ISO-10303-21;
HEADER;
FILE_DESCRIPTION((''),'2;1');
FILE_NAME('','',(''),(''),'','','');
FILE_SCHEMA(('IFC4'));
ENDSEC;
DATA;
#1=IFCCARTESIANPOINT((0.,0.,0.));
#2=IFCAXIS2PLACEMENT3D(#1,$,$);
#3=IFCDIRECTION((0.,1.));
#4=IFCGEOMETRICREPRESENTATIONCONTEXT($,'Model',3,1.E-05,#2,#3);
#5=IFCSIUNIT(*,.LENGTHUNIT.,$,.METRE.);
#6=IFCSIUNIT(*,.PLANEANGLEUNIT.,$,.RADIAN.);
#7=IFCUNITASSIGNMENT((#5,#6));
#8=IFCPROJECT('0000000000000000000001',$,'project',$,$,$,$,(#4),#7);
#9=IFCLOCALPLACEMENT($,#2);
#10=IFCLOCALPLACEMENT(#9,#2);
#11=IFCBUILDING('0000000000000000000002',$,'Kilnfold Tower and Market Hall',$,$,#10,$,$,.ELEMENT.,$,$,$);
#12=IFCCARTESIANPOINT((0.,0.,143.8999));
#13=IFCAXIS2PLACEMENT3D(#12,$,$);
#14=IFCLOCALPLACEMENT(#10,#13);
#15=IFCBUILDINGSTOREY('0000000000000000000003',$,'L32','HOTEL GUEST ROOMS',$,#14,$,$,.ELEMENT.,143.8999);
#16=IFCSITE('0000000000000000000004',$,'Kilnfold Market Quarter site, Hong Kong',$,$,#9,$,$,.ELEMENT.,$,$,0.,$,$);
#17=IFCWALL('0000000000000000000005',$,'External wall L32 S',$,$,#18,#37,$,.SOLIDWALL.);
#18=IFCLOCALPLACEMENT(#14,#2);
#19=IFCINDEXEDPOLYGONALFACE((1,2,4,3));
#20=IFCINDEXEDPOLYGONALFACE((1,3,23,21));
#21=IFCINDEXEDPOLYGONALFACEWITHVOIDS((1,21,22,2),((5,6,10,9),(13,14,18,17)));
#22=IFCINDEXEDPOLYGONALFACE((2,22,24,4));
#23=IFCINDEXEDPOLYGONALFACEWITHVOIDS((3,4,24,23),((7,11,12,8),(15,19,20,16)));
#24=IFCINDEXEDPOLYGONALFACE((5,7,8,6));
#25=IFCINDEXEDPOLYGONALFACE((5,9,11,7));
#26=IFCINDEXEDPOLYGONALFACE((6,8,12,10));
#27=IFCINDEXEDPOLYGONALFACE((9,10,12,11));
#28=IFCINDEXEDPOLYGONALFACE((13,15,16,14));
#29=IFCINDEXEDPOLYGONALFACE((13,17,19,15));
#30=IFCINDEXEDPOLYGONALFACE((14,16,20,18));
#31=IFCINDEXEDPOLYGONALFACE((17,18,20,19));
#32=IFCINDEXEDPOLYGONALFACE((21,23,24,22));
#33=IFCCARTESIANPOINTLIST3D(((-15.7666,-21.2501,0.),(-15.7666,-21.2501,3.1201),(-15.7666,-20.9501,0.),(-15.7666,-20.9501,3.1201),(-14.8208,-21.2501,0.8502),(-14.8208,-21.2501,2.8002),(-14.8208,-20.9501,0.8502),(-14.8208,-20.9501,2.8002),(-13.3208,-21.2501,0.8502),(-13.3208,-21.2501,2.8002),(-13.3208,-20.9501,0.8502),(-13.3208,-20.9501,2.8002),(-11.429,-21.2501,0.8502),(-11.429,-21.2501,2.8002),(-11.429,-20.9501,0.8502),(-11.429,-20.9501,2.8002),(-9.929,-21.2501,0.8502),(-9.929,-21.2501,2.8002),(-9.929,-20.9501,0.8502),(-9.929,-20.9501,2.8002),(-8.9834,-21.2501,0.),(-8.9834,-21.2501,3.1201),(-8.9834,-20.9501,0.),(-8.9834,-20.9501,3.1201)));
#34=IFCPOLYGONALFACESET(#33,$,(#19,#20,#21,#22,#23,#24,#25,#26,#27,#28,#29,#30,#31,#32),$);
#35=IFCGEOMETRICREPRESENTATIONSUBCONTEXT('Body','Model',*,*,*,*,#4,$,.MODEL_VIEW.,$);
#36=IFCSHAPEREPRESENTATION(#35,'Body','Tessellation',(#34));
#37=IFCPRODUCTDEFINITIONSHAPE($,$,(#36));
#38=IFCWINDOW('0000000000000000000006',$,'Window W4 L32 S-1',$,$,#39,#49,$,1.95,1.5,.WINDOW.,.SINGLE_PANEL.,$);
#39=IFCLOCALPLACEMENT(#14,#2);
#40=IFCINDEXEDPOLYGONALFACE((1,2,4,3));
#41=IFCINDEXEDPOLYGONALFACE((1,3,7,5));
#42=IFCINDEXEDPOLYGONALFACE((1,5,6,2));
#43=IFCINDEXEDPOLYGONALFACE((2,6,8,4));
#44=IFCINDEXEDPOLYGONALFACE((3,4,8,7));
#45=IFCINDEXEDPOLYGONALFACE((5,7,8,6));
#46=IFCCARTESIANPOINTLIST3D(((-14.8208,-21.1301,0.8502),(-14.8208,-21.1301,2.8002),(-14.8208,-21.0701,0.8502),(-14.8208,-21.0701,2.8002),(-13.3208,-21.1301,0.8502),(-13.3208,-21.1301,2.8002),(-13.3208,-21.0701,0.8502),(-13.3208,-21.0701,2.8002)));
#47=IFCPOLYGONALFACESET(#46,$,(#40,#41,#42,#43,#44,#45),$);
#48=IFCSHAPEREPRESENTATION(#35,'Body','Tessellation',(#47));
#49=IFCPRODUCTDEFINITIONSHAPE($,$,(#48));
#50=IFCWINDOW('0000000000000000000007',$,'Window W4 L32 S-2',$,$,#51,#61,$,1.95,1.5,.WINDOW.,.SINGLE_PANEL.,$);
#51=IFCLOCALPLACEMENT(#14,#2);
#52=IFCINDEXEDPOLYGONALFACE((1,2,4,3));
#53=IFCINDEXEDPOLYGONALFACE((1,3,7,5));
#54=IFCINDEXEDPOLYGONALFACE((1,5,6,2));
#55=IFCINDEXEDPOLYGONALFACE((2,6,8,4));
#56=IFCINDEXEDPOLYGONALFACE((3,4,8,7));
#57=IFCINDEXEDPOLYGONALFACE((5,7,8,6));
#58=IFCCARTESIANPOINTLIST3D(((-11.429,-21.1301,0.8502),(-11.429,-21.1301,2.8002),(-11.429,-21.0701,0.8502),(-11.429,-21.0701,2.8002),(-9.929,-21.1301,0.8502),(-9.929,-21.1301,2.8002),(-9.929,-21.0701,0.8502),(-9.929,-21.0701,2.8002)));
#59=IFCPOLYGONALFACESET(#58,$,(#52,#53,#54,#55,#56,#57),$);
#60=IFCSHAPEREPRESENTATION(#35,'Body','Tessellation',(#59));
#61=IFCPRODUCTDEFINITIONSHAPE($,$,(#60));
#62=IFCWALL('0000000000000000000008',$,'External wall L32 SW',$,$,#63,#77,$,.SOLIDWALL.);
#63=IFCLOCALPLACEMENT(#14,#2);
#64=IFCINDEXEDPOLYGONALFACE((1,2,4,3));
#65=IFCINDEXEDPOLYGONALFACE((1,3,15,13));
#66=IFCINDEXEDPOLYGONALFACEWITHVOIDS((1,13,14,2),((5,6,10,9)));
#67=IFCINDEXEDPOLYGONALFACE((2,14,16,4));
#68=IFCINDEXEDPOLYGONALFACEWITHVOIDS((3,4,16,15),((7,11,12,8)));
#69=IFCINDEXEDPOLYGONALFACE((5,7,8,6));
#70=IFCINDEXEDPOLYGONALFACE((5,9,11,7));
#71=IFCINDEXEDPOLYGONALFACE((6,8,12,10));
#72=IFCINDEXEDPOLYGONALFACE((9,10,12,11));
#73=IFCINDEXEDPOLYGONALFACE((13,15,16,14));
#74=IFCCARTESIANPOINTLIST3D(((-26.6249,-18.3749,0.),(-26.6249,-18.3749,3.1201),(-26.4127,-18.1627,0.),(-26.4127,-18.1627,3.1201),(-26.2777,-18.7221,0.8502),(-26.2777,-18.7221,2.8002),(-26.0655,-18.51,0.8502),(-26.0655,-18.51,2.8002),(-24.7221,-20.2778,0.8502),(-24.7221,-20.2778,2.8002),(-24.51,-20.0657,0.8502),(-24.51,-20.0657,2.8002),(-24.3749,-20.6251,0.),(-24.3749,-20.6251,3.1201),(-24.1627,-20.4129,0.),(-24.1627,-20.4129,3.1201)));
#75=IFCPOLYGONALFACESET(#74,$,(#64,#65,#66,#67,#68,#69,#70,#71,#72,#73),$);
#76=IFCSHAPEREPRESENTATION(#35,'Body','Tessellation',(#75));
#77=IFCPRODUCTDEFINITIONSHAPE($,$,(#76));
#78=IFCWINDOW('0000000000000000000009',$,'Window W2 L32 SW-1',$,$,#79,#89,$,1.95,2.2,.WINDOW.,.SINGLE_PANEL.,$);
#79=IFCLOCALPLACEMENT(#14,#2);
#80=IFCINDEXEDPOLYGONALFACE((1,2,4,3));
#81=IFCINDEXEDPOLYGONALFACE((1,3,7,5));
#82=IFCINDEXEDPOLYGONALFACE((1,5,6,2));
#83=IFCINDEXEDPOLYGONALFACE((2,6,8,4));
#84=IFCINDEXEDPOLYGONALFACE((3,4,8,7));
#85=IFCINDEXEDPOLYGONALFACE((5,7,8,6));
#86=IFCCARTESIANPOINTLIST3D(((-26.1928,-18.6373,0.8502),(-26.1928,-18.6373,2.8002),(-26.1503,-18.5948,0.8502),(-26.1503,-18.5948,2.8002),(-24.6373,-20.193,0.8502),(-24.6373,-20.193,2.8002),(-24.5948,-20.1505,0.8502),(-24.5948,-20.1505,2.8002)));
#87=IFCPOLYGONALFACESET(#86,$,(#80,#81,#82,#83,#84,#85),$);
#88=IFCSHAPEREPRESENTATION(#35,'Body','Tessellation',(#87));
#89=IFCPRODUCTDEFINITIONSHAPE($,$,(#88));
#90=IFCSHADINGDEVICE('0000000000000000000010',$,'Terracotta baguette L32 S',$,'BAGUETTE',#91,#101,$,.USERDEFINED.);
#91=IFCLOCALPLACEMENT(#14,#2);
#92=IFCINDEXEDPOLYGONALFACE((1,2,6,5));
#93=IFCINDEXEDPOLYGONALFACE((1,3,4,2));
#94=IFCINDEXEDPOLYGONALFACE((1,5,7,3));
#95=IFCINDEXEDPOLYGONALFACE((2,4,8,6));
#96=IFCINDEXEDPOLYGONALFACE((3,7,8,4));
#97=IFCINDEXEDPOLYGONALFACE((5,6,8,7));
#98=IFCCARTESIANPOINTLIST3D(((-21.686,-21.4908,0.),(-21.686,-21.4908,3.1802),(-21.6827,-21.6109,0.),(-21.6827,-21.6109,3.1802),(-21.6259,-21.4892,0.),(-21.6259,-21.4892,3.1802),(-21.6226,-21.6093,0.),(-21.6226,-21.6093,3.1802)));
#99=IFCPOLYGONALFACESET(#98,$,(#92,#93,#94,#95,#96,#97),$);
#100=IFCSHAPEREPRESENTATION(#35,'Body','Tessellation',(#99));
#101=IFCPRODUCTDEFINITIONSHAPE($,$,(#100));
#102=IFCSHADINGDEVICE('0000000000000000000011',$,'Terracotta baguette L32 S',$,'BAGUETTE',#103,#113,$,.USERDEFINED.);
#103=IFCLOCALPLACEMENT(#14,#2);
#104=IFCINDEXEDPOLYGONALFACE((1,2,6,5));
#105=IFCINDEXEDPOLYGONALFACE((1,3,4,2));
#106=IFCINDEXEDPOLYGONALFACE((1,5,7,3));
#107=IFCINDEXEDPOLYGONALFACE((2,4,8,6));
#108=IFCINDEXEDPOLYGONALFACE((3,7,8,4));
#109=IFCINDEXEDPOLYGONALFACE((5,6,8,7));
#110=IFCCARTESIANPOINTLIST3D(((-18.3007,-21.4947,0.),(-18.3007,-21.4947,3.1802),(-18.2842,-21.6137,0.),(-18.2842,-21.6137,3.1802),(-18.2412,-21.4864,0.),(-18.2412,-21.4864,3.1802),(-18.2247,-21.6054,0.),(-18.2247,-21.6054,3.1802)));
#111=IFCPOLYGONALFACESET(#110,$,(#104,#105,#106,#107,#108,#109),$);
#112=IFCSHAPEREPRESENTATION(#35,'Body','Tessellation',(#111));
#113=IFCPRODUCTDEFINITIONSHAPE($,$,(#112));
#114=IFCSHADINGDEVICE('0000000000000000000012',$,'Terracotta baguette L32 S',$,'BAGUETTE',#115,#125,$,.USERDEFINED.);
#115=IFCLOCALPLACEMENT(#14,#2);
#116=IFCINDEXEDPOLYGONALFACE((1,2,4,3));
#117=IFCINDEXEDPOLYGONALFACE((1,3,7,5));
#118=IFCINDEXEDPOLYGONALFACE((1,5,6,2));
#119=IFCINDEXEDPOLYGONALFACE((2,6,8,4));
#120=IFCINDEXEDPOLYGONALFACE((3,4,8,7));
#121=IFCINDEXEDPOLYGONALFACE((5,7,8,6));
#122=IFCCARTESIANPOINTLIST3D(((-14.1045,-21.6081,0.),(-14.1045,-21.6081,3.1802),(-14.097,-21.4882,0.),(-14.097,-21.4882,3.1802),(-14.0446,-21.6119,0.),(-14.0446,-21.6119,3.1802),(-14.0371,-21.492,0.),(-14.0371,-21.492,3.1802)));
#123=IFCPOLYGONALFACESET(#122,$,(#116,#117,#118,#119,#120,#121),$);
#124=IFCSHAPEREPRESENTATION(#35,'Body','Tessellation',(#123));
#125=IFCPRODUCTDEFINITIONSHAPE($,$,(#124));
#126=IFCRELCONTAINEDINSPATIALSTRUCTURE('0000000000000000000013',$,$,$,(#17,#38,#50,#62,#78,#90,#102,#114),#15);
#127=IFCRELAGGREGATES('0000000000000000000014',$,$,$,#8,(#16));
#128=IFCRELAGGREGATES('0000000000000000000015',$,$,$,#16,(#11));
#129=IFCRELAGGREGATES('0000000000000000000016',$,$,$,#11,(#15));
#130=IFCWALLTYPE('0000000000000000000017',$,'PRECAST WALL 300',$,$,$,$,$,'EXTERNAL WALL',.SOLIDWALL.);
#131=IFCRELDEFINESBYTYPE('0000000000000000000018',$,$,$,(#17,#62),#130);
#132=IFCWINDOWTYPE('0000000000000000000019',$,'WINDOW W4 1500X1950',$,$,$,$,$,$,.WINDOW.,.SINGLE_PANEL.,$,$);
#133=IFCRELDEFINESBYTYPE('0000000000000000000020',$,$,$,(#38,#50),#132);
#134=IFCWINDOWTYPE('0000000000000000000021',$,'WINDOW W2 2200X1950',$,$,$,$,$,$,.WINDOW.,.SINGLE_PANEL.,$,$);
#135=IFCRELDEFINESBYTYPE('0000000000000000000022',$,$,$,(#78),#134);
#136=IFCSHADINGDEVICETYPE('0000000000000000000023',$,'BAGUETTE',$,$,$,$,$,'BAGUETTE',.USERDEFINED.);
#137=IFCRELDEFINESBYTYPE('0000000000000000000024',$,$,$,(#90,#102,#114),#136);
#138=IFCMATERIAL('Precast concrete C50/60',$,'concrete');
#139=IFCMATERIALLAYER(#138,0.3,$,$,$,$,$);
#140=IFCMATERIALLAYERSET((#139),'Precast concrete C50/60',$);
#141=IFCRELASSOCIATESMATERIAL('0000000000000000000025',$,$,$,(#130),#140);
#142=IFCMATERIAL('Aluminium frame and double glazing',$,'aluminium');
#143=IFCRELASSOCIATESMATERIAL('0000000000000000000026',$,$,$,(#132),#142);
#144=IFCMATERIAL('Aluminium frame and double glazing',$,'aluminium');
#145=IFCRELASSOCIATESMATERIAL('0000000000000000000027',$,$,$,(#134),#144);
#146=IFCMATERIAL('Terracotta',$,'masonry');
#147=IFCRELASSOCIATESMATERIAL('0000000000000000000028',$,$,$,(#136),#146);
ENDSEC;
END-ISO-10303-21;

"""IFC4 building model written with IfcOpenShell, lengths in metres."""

from ifc_helpers import new_model, si_unit, direction, frame, frame_2d, origin, origin_2d, place, context, subcontext, project, spatial, rectangle, extrude, source, transform, mapped, material, layer, layer_set, material_profile, profile_set, type_object, element, fill, save


model = new_model("IFC4")

# Units and contexts
model_context = context("Model", 3, precision=1e-05, world=origin(), true_north=direction((0.0, 1.0)))
body_context = subcontext(model_context, "Body", "Model", "MODEL_VIEW")
ifc_project = project(units=[si_unit("LENGTHUNIT", "METRE"), si_unit("PLANEANGLEUNIT", "RADIAN")], contexts=[model_context])

# Site, building, storey
site_placement = place(None, origin())
site = spatial("IfcSite", under=ifc_project, at=site_placement, Name="Kilnfold Market Quarter site, Hong Kong", CompositionType="ELEMENT", RefElevation=0.0)
building_placement = place(site_placement, origin())
building = spatial("IfcBuilding", under=site, at=building_placement, Name="Kilnfold Tower and Market Hall", CompositionType="ELEMENT")
storey_placement = place(building_placement, frame((0.0, 0.0, 143.8999)))
storey = spatial("IfcBuildingStorey", under=building, at=storey_placement, Name="L32", Description="HOTEL GUEST ROOMS", CompositionType="ELEMENT", Elevation=143.8999)

# Wall, openings, windows
ifc_material_1 = material(Name="Precast concrete C50/60", Category="concrete")
ifc_layer_1 = layer(ifc_material_1, 0.3)
ifc_layer_set_1 = layer_set([ifc_layer_1], Name="Precast concrete C50/60")
wall_type_1 = type_object("IfcWallType", Name="PRECAST WALL 300", ElementType="EXTERNAL WALL", PredefinedType="SOLIDWALL", material=ifc_layer_set_1)
ifc_material_2 = material(Name="Aluminium frame and double glazing", Category="aluminium")
window_type_1 = type_object("IfcWindowType", Name="WINDOW W4 1500X1950", PartitioningType="SINGLE_PANEL", PredefinedType="WINDOW", material=ifc_material_2)
shared_shape_1 = source(origin(), body_context, "Body", "SweptSolid", [
    extrude(rectangle(XDim=6.7832, YDim=0.3, at=frame_2d((3.3916, 0.0))), origin(), (0.0, 0.0, 1.0), 3.1201),
])
wall_1_placement = place(storey_placement, frame((-15.7666, -21.1001, 0.0), z_axis=(0.0, 0.0, 1.0), x_axis=(1.0, 0.0, 0.0)))
wall_1 = element("IfcWall", 1, at=wall_1_placement, inside=storey, type_object=wall_type_1, Name="External wall L32 S", PredefinedType="SOLIDWALL", context=body_context, shape_type="MappedRepresentation", body=[
    mapped(shared_shape_1, transform((0.0, 0.0, 0.0))),
])
opening_1_placement = place(wall_1_placement, frame((0.9458, 0.0, 0.8501)))
opening_1 = element("IfcOpeningElement", 2, at=opening_1_placement, cuts=wall_1, PredefinedType="OPENING", context=body_context, shape_type="SweptSolid", body=[
    extrude(rectangle(XDim=1.5, YDim=1.95, at=frame_2d((0.75, 0.9751))), frame((0.0, 0.1602, 0.0), z_axis=(0.0, -1.0, 0.0), x_axis=(1.0, 0.0, 0.0)), (0.0, 0.0, 1.0), 0.3201),
])
opening_2_placement = place(wall_1_placement, frame((4.3376, 0.0, 0.8501)))
opening_2 = element("IfcOpeningElement", 3, at=opening_2_placement, cuts=wall_1, PredefinedType="OPENING", context=body_context, shape_type="SweptSolid", body=[
    extrude(rectangle(XDim=1.5, YDim=1.95, at=frame_2d((0.75, 0.9751))), frame((0.0, 0.1602, 0.0), z_axis=(0.0, -1.0, 0.0), x_axis=(1.0, 0.0, 0.0)), (0.0, 0.0, 1.0), 0.3201),
])
window_1_placement = place(opening_1_placement, origin())
window_1 = element("IfcWindow", 4, at=window_1_placement, inside=storey, type_object=window_type_1, Name="Window W4 L32 S-1", OverallHeight=1.95, OverallWidth=1.5, PartitioningType="SINGLE_PANEL", PredefinedType="WINDOW", context=body_context, shape_type="SweptSolid", body=[
    extrude(rectangle(XDim=1.5, YDim=1.95, at=frame_2d((0.75, 0.9751))), frame((0.0, 0.03, 0.0), z_axis=(0.0, -1.0, 0.0), x_axis=(1.0, 0.0, 0.0)), (0.0, 0.0, 1.0), 0.0601),
])
fill(opening_1, window_1)
window_2_placement = place(opening_2_placement, origin())
window_2 = element("IfcWindow", 5, at=window_2_placement, inside=storey, type_object=window_type_1, Name="Window W4 L32 S-2", OverallHeight=1.95, OverallWidth=1.5, PartitioningType="SINGLE_PANEL", PredefinedType="WINDOW", context=body_context, shape_type="SweptSolid", body=[
    extrude(rectangle(XDim=1.5, YDim=1.95, at=frame_2d((0.75, 0.9751))), frame((0.0, 0.03, 0.0), z_axis=(0.0, -1.0, 0.0), x_axis=(1.0, 0.0, 0.0)), (0.0, 0.0, 1.0), 0.0601),
])
fill(opening_2, window_2)

# Wall, opening, window
shared_shape_2 = source(origin(), body_context, "Body", "SweptSolid", [
    extrude(rectangle(XDim=3.1821, YDim=0.3, at=frame_2d((1.5911, 0.0))), origin(), (0.0, 0.0, 1.0), 3.1201),
])
wall_2_placement = place(storey_placement, frame((-26.5188, -18.2688, 0.0), z_axis=(0.0, 0.0, 1.0), x_axis=(0.707068, -0.707145, 0.0)))
wall_2 = element("IfcWall", 6, at=wall_2_placement, inside=storey, type_object=wall_type_1, Name="External wall L32 SW", PredefinedType="SOLIDWALL", context=body_context, shape_type="MappedRepresentation", body=[
    mapped(shared_shape_2, transform((0.0, 0.0, 0.0))),
])
opening_3_placement = place(wall_2_placement, frame((0.491, 0.0, 0.8501)))
opening_3 = element("IfcOpeningElement", 7, at=opening_3_placement, cuts=wall_2, PredefinedType="OPENING", context=body_context, shape_type="SweptSolid", body=[
    extrude(rectangle(XDim=2.2, YDim=1.95, at=frame_2d((1.1001, 0.9751))), frame((0.0, 0.1602, 0.0), z_axis=(0.0, -1.0, 0.0), x_axis=(1.0, 0.0, 0.0)), (0.0, 0.0, 1.0), 0.3201),
])
ifc_material_3 = material(Name="Aluminium frame and double glazing", Category="aluminium")
window_type_2 = type_object("IfcWindowType", Name="WINDOW W2 2200X1950", PartitioningType="SINGLE_PANEL", PredefinedType="WINDOW", material=ifc_material_3)
window_3_placement = place(opening_3_placement, origin())
window_3 = element("IfcWindow", 8, at=window_3_placement, inside=storey, type_object=window_type_2, Name="Window W2 L32 SW-1", OverallHeight=1.95, OverallWidth=2.2, PartitioningType="SINGLE_PANEL", PredefinedType="WINDOW", context=body_context, shape_type="SweptSolid", body=[
    extrude(rectangle(XDim=2.2, YDim=1.95, at=frame_2d((1.1001, 0.9751))), frame((0.0, 0.03, 0.0), z_axis=(0.0, -1.0, 0.0), x_axis=(1.0, 0.0, 0.0)), (0.0, 0.0, 1.0), 0.0601),
])
fill(opening_3, window_3)

# Shading devices
ifc_material_4 = material(Name="Terracotta", Category="masonry")
ifc_material_profile_1 = material_profile(ifc_material_4, rectangle(XDim=0.0601, YDim=0.1201, at=origin_2d()), Name="BAG 60x120")
ifc_profile_set_1 = profile_set([ifc_material_profile_1], Name="Terracotta")
shading_device_type = type_object("IfcShadingDeviceType", Name="BAGUETTE", ElementType="BAGUETTE", PredefinedType="USERDEFINED", material=ifc_profile_set_1)
shared_shape_3 = source(origin(), body_context, "Body", "SweptSolid", [
    extrude(rectangle(XDim=0.0601, YDim=0.1201, at=origin_2d()), origin(), (0.0, 0.0, 1.0), 3.1802),
])
for number, where, z_axis, x_axis, name in (
    (9, (-21.6543, -21.55, 0.0), (0.0, 0.0, 1.0), (0.999618, 0.027623, 0.0), "Terracotta baguette L32 S"),
    (10, (-18.2627, -21.55, 0.0), (0.0, 0.0, 1.0), (0.990487, 0.137609, 0.0), "Terracotta baguette L32 S"),
    (11, (-14.0708, -21.55, 0.0), (0.0, 0.0, 1.0), (0.998072, -0.062069, 0.0), "Terracotta baguette L32 S"),
):
    element("IfcShadingDevice", number, at=place(storey_placement, frame(where, z_axis=z_axis, x_axis=x_axis)), inside=storey, type_object=shading_device_type, Name=name, ObjectType="BAGUETTE", PredefinedType="USERDEFINED", context=body_context, shape_type="MappedRepresentation", body=[
        mapped(shared_shape_3, transform((0.0, 0.0, 0.0))),
    ])

save(model, "model.ifc")
